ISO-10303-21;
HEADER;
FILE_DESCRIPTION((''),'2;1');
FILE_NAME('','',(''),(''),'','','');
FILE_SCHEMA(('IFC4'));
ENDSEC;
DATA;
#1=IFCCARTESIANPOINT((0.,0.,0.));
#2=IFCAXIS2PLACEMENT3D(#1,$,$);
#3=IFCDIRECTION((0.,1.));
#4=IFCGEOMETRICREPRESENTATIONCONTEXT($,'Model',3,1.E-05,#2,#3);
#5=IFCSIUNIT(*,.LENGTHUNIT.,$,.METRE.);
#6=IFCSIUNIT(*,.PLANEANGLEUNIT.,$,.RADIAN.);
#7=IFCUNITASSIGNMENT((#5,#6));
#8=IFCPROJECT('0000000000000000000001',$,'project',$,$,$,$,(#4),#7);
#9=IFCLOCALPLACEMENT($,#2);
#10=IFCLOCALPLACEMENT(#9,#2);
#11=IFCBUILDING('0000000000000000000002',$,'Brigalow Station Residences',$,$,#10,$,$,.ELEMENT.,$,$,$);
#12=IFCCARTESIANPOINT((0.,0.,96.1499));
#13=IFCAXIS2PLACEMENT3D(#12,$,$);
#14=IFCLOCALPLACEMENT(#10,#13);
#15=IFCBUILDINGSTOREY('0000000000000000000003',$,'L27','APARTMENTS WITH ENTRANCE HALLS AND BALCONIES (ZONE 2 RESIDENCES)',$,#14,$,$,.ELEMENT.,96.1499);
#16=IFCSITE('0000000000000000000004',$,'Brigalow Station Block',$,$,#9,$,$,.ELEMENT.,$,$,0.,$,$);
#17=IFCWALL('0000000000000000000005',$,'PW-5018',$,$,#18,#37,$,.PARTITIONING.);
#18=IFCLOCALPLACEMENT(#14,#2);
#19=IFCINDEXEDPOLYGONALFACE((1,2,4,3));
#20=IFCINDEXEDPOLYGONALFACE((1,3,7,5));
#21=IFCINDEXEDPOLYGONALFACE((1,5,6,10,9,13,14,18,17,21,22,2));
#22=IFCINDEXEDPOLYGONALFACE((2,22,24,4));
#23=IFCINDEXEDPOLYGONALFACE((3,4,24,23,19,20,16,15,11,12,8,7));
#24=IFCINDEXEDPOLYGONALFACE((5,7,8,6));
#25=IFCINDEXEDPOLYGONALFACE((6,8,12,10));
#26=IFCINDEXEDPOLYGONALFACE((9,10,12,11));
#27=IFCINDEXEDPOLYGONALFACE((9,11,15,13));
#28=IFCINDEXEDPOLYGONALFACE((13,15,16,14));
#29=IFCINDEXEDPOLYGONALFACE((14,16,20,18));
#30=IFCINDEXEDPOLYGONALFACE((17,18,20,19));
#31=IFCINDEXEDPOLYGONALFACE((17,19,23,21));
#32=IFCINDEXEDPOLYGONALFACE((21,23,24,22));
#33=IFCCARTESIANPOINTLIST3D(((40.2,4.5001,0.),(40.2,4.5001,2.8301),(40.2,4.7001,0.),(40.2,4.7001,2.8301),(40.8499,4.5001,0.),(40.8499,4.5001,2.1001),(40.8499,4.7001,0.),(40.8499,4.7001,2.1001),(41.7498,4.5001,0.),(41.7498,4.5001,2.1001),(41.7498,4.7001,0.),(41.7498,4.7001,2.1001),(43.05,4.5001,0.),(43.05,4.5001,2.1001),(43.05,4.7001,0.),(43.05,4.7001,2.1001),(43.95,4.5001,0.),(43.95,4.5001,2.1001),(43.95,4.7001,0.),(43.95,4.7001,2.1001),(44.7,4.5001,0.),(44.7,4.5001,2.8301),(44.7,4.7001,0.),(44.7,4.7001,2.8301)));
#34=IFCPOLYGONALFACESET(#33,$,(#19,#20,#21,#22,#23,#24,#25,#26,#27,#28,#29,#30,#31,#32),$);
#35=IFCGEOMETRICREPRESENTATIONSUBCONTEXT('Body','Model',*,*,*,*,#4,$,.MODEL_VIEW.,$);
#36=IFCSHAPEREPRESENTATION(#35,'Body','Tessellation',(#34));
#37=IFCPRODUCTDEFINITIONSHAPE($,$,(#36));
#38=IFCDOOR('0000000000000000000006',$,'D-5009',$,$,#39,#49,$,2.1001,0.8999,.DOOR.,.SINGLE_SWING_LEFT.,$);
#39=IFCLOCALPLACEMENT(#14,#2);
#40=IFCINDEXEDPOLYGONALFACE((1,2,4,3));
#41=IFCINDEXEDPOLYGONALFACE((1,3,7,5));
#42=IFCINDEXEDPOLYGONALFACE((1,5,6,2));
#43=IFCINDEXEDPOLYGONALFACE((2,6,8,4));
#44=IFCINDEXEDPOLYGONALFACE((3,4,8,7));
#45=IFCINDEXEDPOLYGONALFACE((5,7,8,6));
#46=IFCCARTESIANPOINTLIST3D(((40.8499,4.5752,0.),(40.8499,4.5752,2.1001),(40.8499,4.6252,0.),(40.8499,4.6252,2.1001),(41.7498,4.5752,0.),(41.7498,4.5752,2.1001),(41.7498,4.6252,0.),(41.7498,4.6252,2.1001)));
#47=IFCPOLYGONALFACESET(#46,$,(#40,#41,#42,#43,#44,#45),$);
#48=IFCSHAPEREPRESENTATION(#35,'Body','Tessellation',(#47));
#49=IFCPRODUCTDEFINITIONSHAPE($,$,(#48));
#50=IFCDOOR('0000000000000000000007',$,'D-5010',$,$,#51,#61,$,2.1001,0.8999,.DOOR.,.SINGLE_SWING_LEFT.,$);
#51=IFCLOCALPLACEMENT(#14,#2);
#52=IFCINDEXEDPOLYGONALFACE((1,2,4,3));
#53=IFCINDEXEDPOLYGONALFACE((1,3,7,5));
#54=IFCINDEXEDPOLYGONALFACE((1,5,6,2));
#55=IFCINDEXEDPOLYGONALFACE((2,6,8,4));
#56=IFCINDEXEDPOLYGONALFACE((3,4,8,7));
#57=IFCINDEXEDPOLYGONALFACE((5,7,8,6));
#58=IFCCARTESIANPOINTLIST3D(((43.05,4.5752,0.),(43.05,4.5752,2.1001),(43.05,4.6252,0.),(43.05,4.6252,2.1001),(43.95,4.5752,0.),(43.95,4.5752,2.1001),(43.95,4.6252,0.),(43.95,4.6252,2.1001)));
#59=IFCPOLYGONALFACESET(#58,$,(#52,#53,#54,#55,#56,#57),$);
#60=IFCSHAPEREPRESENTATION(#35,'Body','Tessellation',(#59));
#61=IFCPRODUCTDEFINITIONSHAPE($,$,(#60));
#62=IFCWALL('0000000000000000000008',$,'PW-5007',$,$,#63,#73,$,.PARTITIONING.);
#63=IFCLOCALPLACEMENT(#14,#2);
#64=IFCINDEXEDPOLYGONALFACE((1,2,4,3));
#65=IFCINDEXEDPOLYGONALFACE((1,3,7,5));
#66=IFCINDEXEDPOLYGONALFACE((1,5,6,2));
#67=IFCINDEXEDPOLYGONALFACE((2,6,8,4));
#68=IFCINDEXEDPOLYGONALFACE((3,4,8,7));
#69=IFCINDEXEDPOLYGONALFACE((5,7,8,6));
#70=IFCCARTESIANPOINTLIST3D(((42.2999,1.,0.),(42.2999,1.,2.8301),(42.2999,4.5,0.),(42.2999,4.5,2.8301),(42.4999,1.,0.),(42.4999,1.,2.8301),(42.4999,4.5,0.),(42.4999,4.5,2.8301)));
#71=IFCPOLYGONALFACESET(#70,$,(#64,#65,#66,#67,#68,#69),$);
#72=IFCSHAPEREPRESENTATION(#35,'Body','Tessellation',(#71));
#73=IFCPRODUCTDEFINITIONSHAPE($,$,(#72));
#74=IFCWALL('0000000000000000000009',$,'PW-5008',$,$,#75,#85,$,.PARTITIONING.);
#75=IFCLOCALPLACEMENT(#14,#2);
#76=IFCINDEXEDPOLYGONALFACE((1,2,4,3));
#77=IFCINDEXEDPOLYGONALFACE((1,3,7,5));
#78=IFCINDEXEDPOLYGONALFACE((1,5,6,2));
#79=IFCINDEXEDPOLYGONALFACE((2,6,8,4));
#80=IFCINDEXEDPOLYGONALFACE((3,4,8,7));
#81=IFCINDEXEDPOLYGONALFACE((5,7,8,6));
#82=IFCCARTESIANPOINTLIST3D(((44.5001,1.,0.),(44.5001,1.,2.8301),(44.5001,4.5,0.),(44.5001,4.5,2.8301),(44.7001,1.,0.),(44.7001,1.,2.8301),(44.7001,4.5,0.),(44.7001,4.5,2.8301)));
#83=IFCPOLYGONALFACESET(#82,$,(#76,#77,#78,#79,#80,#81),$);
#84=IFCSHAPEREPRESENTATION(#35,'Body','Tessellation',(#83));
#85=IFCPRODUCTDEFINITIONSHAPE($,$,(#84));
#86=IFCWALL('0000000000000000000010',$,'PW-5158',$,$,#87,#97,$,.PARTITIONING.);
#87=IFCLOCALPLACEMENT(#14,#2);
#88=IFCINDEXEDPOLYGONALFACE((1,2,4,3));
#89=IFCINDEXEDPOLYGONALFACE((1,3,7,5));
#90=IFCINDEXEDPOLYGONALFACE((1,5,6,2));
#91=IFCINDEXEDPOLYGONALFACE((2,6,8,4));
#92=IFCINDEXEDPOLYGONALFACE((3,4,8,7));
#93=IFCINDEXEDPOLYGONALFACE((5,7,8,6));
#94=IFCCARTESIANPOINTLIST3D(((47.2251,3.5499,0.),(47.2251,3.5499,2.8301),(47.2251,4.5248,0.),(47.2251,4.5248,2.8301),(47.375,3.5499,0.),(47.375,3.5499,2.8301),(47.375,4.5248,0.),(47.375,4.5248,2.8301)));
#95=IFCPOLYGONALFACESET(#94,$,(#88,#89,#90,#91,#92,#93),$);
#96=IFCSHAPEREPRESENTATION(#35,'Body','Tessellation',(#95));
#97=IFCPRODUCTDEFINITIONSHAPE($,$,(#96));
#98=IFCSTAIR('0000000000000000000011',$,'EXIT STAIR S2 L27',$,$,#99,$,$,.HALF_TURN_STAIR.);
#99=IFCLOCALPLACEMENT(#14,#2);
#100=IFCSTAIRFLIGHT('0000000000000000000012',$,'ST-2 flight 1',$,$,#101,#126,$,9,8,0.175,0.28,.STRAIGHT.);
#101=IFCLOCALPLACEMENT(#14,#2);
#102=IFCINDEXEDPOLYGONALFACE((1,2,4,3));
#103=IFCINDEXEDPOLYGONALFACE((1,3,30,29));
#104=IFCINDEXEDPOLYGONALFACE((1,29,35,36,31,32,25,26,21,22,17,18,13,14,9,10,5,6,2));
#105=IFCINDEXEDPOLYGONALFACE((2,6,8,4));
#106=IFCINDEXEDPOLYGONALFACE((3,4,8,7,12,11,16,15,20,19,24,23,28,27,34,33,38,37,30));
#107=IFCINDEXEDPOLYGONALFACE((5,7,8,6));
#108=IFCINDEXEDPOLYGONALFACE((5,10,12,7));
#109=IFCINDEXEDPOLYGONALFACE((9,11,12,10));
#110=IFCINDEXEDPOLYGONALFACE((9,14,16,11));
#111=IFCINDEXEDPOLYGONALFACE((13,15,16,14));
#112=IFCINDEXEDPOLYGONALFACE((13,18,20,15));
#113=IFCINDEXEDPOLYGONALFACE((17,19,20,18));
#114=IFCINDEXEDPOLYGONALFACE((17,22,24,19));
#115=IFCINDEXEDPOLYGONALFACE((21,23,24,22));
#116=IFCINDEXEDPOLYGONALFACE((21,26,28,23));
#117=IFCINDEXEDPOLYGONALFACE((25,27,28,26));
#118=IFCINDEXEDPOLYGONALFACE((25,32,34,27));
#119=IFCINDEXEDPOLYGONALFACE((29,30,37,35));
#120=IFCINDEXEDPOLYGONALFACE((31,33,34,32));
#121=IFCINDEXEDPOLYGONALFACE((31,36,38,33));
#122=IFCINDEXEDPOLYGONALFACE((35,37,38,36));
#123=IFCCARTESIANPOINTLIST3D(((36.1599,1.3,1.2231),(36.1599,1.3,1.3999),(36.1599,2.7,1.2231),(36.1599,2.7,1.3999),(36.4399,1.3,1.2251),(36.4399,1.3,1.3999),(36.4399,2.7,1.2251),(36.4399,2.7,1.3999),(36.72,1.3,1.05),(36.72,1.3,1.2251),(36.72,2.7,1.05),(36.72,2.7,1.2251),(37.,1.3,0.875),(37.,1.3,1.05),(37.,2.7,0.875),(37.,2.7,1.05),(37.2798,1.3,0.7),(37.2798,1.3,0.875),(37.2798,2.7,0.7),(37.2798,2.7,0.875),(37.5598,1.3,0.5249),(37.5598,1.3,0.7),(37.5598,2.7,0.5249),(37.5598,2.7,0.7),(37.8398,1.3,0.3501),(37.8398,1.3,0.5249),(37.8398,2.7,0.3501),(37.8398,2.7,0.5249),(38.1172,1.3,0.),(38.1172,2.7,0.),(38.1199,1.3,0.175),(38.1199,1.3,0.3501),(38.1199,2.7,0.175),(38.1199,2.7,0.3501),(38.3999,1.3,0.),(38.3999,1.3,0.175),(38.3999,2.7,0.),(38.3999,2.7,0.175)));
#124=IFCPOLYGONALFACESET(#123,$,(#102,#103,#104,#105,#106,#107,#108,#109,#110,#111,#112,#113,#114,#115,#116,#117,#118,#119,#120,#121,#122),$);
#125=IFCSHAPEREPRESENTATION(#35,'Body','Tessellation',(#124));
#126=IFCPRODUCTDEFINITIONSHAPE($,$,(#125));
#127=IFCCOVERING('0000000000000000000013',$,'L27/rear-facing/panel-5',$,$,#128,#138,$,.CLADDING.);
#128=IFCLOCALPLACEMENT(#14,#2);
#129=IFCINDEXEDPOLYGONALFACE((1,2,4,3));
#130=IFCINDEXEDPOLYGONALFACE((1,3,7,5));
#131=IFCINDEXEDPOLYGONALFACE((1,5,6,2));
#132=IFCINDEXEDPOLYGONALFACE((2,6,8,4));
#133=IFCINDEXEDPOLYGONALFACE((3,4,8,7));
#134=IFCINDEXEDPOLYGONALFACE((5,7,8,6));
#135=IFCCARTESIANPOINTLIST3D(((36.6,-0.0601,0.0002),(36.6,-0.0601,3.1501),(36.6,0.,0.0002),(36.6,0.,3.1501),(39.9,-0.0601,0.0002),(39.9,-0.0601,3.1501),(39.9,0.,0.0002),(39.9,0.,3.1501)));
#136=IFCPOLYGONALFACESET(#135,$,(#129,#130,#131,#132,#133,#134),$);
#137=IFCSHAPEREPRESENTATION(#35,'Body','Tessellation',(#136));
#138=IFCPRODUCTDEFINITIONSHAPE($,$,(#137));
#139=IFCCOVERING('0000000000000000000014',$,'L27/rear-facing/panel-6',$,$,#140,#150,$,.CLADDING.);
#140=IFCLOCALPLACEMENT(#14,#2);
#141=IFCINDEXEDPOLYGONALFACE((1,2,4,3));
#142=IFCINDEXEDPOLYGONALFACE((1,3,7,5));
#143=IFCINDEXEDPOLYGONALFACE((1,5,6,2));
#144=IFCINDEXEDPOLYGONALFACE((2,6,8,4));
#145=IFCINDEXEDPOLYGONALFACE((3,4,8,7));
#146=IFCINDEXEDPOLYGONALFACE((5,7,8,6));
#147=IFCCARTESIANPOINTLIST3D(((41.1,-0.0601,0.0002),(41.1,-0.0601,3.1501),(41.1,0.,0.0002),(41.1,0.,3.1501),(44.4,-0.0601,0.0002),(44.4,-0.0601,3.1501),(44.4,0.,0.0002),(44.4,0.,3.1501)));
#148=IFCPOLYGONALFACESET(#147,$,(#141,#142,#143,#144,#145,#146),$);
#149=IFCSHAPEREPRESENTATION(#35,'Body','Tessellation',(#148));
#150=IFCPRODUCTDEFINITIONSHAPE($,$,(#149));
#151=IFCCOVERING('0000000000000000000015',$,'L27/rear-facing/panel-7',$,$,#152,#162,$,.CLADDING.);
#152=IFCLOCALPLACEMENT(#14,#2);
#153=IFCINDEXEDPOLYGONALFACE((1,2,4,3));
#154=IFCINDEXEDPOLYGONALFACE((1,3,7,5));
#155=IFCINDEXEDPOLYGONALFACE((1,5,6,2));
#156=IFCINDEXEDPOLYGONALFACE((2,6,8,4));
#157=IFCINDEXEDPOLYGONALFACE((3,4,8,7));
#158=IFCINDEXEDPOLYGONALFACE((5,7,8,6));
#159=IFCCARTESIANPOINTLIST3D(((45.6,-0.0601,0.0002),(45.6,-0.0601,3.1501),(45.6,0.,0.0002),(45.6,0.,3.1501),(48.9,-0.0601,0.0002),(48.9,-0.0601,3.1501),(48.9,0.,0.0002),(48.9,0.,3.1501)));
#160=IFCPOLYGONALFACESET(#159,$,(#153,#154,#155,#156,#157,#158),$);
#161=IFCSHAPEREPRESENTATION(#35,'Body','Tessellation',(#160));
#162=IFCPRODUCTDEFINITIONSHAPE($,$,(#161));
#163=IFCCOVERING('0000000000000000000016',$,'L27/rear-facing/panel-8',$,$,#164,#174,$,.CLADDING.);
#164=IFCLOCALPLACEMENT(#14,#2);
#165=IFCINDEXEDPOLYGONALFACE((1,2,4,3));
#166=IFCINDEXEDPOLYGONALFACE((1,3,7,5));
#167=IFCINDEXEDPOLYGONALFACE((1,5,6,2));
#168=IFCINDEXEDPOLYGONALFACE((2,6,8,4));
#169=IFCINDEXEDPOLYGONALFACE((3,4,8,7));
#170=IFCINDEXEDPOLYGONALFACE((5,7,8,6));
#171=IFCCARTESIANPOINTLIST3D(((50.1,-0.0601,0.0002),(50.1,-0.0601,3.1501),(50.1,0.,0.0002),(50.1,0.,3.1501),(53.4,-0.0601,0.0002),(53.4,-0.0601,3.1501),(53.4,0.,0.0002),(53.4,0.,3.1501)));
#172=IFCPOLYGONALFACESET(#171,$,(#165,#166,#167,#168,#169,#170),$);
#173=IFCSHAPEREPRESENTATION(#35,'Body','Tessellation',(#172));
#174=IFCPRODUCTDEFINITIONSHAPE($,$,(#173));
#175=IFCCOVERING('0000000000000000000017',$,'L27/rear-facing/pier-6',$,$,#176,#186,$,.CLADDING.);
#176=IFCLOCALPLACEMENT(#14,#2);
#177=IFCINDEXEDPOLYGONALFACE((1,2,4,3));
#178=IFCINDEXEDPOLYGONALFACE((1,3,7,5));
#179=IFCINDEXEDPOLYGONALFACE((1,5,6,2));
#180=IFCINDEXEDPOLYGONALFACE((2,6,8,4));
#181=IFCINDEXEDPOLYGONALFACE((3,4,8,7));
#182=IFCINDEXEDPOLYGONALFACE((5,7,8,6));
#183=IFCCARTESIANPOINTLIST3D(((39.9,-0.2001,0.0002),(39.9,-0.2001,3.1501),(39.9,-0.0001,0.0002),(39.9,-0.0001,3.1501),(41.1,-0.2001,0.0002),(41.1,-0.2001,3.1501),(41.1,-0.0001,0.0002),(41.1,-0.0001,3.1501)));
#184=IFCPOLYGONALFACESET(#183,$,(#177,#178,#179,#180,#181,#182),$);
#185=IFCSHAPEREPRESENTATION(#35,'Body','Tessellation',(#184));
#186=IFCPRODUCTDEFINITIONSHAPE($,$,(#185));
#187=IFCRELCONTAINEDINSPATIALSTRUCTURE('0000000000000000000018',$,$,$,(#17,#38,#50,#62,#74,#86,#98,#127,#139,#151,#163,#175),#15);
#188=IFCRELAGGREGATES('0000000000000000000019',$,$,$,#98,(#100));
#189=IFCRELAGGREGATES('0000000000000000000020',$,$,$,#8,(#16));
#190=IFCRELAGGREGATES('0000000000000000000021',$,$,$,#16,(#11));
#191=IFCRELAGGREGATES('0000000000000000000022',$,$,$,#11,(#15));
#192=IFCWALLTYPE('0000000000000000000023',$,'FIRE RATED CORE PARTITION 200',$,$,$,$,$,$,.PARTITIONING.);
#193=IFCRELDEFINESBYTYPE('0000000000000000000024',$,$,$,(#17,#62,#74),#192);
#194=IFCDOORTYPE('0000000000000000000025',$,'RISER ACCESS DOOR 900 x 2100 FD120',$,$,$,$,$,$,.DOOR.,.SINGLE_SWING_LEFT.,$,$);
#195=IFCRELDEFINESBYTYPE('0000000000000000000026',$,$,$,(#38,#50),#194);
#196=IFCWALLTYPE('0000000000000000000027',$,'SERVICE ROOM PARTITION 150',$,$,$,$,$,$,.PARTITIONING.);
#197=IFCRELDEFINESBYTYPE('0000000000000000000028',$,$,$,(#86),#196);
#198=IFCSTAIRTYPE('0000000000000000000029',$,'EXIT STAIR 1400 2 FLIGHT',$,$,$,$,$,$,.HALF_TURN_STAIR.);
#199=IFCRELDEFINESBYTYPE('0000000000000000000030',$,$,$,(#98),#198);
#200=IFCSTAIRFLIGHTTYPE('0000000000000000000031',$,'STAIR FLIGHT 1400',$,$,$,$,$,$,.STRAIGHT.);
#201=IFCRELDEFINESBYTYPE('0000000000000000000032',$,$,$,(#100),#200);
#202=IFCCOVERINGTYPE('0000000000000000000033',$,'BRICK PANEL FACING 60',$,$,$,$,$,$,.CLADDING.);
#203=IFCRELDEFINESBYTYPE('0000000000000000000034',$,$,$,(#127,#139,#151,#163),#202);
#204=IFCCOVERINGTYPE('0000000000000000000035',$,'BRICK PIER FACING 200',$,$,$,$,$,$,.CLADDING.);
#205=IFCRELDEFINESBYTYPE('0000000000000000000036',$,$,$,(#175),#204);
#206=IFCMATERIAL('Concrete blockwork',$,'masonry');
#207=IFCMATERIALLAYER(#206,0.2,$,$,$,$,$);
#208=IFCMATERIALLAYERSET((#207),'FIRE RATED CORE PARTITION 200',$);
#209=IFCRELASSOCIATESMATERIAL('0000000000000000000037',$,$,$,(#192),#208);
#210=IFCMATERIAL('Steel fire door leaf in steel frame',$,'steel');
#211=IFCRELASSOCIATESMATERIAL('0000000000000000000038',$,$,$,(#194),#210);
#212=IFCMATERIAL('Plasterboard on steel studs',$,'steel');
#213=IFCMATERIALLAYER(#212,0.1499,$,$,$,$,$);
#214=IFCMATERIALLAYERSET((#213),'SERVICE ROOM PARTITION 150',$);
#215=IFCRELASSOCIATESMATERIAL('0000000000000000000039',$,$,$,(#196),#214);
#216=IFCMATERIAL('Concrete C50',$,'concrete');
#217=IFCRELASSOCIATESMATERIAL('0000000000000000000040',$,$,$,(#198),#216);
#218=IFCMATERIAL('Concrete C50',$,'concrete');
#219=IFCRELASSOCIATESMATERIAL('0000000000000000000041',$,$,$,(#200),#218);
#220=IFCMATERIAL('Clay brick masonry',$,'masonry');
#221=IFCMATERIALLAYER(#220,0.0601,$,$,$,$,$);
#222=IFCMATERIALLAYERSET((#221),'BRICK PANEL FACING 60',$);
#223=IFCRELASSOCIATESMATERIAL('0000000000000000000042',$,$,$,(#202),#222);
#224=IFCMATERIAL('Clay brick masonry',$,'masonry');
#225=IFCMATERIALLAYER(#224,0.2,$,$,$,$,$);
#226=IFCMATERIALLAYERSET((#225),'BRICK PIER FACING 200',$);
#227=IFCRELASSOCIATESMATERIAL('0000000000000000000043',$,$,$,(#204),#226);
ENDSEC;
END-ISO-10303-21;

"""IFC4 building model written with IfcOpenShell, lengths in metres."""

from ifc_helpers import new_model, si_unit, direction, frame, frame_2d, origin, origin_2d, place, context, subcontext, project, spatial, polyline, rectangle, outline, extrude, material, layer, layer_set, type_object, element, fill, aggregate, save


model = new_model("IFC4")

# Units and contexts
model_context = context("Model", 3, precision=1e-05, world=origin(), true_north=direction((0.0, 1.0)))
body_context = subcontext(model_context, "Body", "Model", "MODEL_VIEW")
ifc_project = project(units=[si_unit("LENGTHUNIT", "METRE"), si_unit("PLANEANGLEUNIT", "RADIAN")], contexts=[model_context])

# Site, building, storey
site_placement = place(None, origin())
site = spatial("IfcSite", under=ifc_project, at=site_placement, Name="Brigalow Station Block", CompositionType="ELEMENT", RefElevation=0.0)
building_placement = place(site_placement, origin())
building = spatial("IfcBuilding", under=site, at=building_placement, Name="Brigalow Station Residences", CompositionType="ELEMENT")
storey_placement = place(building_placement, frame((0.0, 0.0, 96.1499)))
storey = spatial("IfcBuildingStorey", under=building, at=storey_placement, Name="L27", Description="APARTMENTS WITH ENTRANCE HALLS AND BALCONIES (ZONE 2 RESIDENCES)", CompositionType="ELEMENT", Elevation=96.1499)

# Wall, openings, doors
ifc_material_1 = material(Name="Concrete blockwork", Category="masonry")
ifc_layer_1 = layer(ifc_material_1, 0.2)
ifc_layer_set_1 = layer_set([ifc_layer_1], Name="FIRE RATED CORE PARTITION 200")
wall_type_1 = type_object("IfcWallType", Name="FIRE RATED CORE PARTITION 200", PredefinedType="PARTITIONING", material=ifc_layer_set_1)
wall_1_placement = place(storey_placement, frame((40.2, 4.6001, 0.0), z_axis=(0.0, 0.0, 1.0), x_axis=(1.0, 0.0, 0.0)))
wall_1 = element("IfcWall", 1, at=wall_1_placement, inside=storey, type_object=wall_type_1, Name="PW-5018", PredefinedType="PARTITIONING", context=body_context, shape_type="SweptSolid", body=[
    extrude(rectangle(XDim=4.5, YDim=0.2, at=frame_2d((2.25, 0.0))), origin(), (0.0, 0.0, 1.0), 2.8301),
])
opening_1_placement = place(wall_1_placement, frame((0.6499, 0.0, 0.0)))
opening_1 = element("IfcOpeningElement", 2, at=opening_1_placement, cuts=wall_1, PredefinedType="OPENING", context=body_context, shape_type="SweptSolid", body=[
    extrude(rectangle(XDim=0.8999, YDim=2.1001, at=frame_2d((0.45, 1.05))), frame((0.0, 0.1099, 0.0), z_axis=(0.0, -1.0, 0.0), x_axis=(1.0, 0.0, 0.0)), (0.0, 0.0, 1.0), 0.22),
])
opening_2_placement = place(wall_1_placement, frame((2.8501, 0.0, 0.0)))
opening_2 = element("IfcOpeningElement", 3, at=opening_2_placement, cuts=wall_1, PredefinedType="OPENING", context=body_context, shape_type="SweptSolid", body=[
    extrude(rectangle(XDim=0.8999, YDim=2.1001, at=frame_2d((0.45, 1.05))), frame((0.0, 0.1099, 0.0), z_axis=(0.0, -1.0, 0.0), x_axis=(1.0, 0.0, 0.0)), (0.0, 0.0, 1.0), 0.22),
])
ifc_material_2 = material(Name="Steel fire door leaf in steel frame", Category="steel")
door_type_1 = type_object("IfcDoorType", Name="RISER ACCESS DOOR 900 x 2100 FD120", OperationType="SINGLE_SWING_LEFT", PredefinedType="DOOR", material=ifc_material_2)
door_1_placement = place(opening_1_placement, frame((0.8999, 0.0, 0.0), z_axis=(0.0, 0.0, 1.0), x_axis=(-1.0, 0.0, 0.0)))
door_1 = element("IfcDoor", 4, at=door_1_placement, inside=storey, type_object=door_type_1, Name="D-5009", OperationType="SINGLE_SWING_LEFT", OverallHeight=2.1001, OverallWidth=0.8999, PredefinedType="DOOR", context=body_context, shape_type="SweptSolid", body=[
    extrude(rectangle(XDim=0.8999, YDim=2.1001, at=frame_2d((0.45, 1.05))), frame((0.0, 0.0249, 0.0), z_axis=(0.0, -1.0, 0.0), x_axis=(1.0, 0.0, 0.0)), (0.0, 0.0, 1.0), 0.05),
])
fill(opening_1, door_1)
door_2_placement = place(opening_2_placement, frame((0.8999, 0.0, 0.0), z_axis=(0.0, 0.0, 1.0), x_axis=(-1.0, 0.0, 0.0)))
door_2 = element("IfcDoor", 5, at=door_2_placement, inside=storey, type_object=door_type_1, Name="D-5010", OperationType="SINGLE_SWING_LEFT", OverallHeight=2.1001, OverallWidth=0.8999, PredefinedType="DOOR", context=body_context, shape_type="SweptSolid", body=[
    extrude(rectangle(XDim=0.8999, YDim=2.1001, at=frame_2d((0.45, 1.05))), frame((0.0, 0.0249, 0.0), z_axis=(0.0, -1.0, 0.0), x_axis=(1.0, 0.0, 0.0)), (0.0, 0.0, 1.0), 0.05),
])
fill(opening_2, door_2)

# Walls
for number, where, z_axis, x_axis, name in (
    (6, (42.3999, 1.0, 0.0), (0.0, 0.0, 1.0), (0.0, 1.0, 0.0), "PW-5007"),
    (7, (44.6001, 1.0, 0.0), (0.0, 0.0, 1.0), (0.0, 1.0, 0.0), "PW-5008"),
):
    element("IfcWall", number, at=place(storey_placement, frame(where, z_axis=z_axis, x_axis=x_axis)), inside=storey, type_object=wall_type_1, Name=name, PredefinedType="PARTITIONING", context=body_context, shape_type="SweptSolid", body=[
        extrude(rectangle(XDim=3.5, YDim=0.2, at=frame_2d((1.75, 0.0))), origin(), (0.0, 0.0, 1.0), 2.8301),
    ])
ifc_material_3 = material(Name="Plasterboard on steel studs", Category="steel")
ifc_layer_2 = layer(ifc_material_3, 0.1499)
ifc_layer_set_2 = layer_set([ifc_layer_2], Name="SERVICE ROOM PARTITION 150")
wall_type_2 = type_object("IfcWallType", Name="SERVICE ROOM PARTITION 150", PredefinedType="PARTITIONING", material=ifc_layer_set_2)
wall_2_placement = place(storey_placement, frame((47.3, 3.55, 0.0), z_axis=(0.0, 0.0, 1.0), x_axis=(0.0, 1.0, 0.0)))
element("IfcWall", 8, at=wall_2_placement, inside=storey, type_object=wall_type_2, Name="PW-5158", PredefinedType="PARTITIONING", context=body_context, shape_type="SweptSolid", body=[
    extrude(rectangle(XDim=0.9749, YDim=0.1499, at=frame_2d((0.4873, 0.0))), origin(), (0.0, 0.0, 1.0), 2.8301),
])

# Stair, stair flight
ifc_material_4 = material(Name="Concrete C50", Category="concrete")
stair_type = type_object("IfcStairType", Name="EXIT STAIR 1400 2 FLIGHT", PredefinedType="HALF_TURN_STAIR", material=ifc_material_4)
stair_placement = place(storey_placement, origin())
stair = element("IfcStair", 9, at=stair_placement, inside=storey, type_object=stair_type, Name="EXIT STAIR S2 L27", PredefinedType="HALF_TURN_STAIR")
ifc_material_5 = material(Name="Concrete C50", Category="concrete")
stair_flight_type = type_object("IfcStairFlightType", Name="STAIR FLIGHT 1400", PredefinedType="STRAIGHT", material=ifc_material_5)
stair_flight_placement = place(storey_placement, frame((38.3999, 2.0, 0.0), z_axis=(0.0, 0.0, 1.0), x_axis=(-1.0, 0.0, 0.0)))
stair_flight = element("IfcStairFlight", 10, at=stair_flight_placement, type_object=stair_flight_type, Name="ST-2 flight 1", NumberOfRisers=9, NumberOfTreads=8, PredefinedType="STRAIGHT", RiserHeight=0.175, TreadLength=0.28, context=body_context, shape_type="SweptSolid", body=[
    extrude(outline(polyline([(0.0, 0.0), (0.0, 0.175), (0.28, 0.175), (0.28, 0.3501), (0.5601, 0.3501), (0.5601, 0.5249), (0.8401, 0.5249), (0.8401, 0.7), (1.1201, 0.7), (1.1201, 0.875), (1.3999, 0.875), (1.3999, 1.05), (1.6799, 1.05), (1.6799, 1.2251), (1.96, 1.2251), (1.96, 1.3999), (2.24, 1.3999), (2.24, 1.575), (2.24, 1.2231), (0.2827, 0.0), (0.0, 0.0)])), frame((0.0, 0.7, 0.0), z_axis=(0.0, -1.0, 0.0), x_axis=(1.0, 0.0, 0.0)), (0.0, 0.0, 1.0), 1.3999),
])
aggregate(stair, [stair_flight])

# Coverings
ifc_material_6 = material(Name="Clay brick masonry", Category="masonry")
ifc_layer_3 = layer(ifc_material_6, 0.0601)
ifc_layer_set_3 = layer_set([ifc_layer_3], Name="BRICK PANEL FACING 60")
covering_type_1 = type_object("IfcCoveringType", Name="BRICK PANEL FACING 60", PredefinedType="CLADDING", material=ifc_layer_set_3)
for number, where, z_axis, x_axis, name in (
    (11, (38.25, -0.03, 0.0002), (0.0, 0.0, 1.0), (1.0, 0.0, 0.0), "L27/rear-facing/panel-5"),
    (12, (42.75, -0.03, 0.0002), (0.0, 0.0, 1.0), (1.0, 0.0, 0.0), "L27/rear-facing/panel-6"),
    (13, (47.25, -0.03, 0.0002), (0.0, 0.0, 1.0), (1.0, 0.0, 0.0), "L27/rear-facing/panel-7"),
    (14, (51.75, -0.03, 0.0002), (0.0, 0.0, 1.0), (1.0, 0.0, 0.0), "L27/rear-facing/panel-8"),
):
    element("IfcCovering", number, at=place(storey_placement, frame(where, z_axis=z_axis, x_axis=x_axis)), inside=storey, type_object=covering_type_1, Name=name, PredefinedType="CLADDING", context=body_context, shape_type="SweptSolid", body=[
        extrude(rectangle(XDim=3.3, YDim=0.0601, at=origin_2d()), origin(), (0.0, 0.0, 1.0), 3.1499),
    ])
ifc_material_7 = material(Name="Clay brick masonry", Category="masonry")
ifc_layer_4 = layer(ifc_material_7, 0.2)
ifc_layer_set_4 = layer_set([ifc_layer_4], Name="BRICK PIER FACING 200")
covering_type_2 = type_object("IfcCoveringType", Name="BRICK PIER FACING 200", PredefinedType="CLADDING", material=ifc_layer_set_4)
for number, where, z_axis, x_axis, name in (
    (15, (40.5, -0.1001, 0.0002), (0.0, 0.0, 1.0), (1.0, 0.0, 0.0), "L27/rear-facing/pier-6"),
):
    element("IfcCovering", number, at=place(storey_placement, frame(where, z_axis=z_axis, x_axis=x_axis)), inside=storey, type_object=covering_type_2, Name=name, PredefinedType="CLADDING", context=body_context, shape_type="SweptSolid", body=[
        extrude(rectangle(XDim=1.2, YDim=0.2, at=origin_2d()), origin(), (0.0, 0.0, 1.0), 3.1499),
    ])

save(model, "model.ifc")
